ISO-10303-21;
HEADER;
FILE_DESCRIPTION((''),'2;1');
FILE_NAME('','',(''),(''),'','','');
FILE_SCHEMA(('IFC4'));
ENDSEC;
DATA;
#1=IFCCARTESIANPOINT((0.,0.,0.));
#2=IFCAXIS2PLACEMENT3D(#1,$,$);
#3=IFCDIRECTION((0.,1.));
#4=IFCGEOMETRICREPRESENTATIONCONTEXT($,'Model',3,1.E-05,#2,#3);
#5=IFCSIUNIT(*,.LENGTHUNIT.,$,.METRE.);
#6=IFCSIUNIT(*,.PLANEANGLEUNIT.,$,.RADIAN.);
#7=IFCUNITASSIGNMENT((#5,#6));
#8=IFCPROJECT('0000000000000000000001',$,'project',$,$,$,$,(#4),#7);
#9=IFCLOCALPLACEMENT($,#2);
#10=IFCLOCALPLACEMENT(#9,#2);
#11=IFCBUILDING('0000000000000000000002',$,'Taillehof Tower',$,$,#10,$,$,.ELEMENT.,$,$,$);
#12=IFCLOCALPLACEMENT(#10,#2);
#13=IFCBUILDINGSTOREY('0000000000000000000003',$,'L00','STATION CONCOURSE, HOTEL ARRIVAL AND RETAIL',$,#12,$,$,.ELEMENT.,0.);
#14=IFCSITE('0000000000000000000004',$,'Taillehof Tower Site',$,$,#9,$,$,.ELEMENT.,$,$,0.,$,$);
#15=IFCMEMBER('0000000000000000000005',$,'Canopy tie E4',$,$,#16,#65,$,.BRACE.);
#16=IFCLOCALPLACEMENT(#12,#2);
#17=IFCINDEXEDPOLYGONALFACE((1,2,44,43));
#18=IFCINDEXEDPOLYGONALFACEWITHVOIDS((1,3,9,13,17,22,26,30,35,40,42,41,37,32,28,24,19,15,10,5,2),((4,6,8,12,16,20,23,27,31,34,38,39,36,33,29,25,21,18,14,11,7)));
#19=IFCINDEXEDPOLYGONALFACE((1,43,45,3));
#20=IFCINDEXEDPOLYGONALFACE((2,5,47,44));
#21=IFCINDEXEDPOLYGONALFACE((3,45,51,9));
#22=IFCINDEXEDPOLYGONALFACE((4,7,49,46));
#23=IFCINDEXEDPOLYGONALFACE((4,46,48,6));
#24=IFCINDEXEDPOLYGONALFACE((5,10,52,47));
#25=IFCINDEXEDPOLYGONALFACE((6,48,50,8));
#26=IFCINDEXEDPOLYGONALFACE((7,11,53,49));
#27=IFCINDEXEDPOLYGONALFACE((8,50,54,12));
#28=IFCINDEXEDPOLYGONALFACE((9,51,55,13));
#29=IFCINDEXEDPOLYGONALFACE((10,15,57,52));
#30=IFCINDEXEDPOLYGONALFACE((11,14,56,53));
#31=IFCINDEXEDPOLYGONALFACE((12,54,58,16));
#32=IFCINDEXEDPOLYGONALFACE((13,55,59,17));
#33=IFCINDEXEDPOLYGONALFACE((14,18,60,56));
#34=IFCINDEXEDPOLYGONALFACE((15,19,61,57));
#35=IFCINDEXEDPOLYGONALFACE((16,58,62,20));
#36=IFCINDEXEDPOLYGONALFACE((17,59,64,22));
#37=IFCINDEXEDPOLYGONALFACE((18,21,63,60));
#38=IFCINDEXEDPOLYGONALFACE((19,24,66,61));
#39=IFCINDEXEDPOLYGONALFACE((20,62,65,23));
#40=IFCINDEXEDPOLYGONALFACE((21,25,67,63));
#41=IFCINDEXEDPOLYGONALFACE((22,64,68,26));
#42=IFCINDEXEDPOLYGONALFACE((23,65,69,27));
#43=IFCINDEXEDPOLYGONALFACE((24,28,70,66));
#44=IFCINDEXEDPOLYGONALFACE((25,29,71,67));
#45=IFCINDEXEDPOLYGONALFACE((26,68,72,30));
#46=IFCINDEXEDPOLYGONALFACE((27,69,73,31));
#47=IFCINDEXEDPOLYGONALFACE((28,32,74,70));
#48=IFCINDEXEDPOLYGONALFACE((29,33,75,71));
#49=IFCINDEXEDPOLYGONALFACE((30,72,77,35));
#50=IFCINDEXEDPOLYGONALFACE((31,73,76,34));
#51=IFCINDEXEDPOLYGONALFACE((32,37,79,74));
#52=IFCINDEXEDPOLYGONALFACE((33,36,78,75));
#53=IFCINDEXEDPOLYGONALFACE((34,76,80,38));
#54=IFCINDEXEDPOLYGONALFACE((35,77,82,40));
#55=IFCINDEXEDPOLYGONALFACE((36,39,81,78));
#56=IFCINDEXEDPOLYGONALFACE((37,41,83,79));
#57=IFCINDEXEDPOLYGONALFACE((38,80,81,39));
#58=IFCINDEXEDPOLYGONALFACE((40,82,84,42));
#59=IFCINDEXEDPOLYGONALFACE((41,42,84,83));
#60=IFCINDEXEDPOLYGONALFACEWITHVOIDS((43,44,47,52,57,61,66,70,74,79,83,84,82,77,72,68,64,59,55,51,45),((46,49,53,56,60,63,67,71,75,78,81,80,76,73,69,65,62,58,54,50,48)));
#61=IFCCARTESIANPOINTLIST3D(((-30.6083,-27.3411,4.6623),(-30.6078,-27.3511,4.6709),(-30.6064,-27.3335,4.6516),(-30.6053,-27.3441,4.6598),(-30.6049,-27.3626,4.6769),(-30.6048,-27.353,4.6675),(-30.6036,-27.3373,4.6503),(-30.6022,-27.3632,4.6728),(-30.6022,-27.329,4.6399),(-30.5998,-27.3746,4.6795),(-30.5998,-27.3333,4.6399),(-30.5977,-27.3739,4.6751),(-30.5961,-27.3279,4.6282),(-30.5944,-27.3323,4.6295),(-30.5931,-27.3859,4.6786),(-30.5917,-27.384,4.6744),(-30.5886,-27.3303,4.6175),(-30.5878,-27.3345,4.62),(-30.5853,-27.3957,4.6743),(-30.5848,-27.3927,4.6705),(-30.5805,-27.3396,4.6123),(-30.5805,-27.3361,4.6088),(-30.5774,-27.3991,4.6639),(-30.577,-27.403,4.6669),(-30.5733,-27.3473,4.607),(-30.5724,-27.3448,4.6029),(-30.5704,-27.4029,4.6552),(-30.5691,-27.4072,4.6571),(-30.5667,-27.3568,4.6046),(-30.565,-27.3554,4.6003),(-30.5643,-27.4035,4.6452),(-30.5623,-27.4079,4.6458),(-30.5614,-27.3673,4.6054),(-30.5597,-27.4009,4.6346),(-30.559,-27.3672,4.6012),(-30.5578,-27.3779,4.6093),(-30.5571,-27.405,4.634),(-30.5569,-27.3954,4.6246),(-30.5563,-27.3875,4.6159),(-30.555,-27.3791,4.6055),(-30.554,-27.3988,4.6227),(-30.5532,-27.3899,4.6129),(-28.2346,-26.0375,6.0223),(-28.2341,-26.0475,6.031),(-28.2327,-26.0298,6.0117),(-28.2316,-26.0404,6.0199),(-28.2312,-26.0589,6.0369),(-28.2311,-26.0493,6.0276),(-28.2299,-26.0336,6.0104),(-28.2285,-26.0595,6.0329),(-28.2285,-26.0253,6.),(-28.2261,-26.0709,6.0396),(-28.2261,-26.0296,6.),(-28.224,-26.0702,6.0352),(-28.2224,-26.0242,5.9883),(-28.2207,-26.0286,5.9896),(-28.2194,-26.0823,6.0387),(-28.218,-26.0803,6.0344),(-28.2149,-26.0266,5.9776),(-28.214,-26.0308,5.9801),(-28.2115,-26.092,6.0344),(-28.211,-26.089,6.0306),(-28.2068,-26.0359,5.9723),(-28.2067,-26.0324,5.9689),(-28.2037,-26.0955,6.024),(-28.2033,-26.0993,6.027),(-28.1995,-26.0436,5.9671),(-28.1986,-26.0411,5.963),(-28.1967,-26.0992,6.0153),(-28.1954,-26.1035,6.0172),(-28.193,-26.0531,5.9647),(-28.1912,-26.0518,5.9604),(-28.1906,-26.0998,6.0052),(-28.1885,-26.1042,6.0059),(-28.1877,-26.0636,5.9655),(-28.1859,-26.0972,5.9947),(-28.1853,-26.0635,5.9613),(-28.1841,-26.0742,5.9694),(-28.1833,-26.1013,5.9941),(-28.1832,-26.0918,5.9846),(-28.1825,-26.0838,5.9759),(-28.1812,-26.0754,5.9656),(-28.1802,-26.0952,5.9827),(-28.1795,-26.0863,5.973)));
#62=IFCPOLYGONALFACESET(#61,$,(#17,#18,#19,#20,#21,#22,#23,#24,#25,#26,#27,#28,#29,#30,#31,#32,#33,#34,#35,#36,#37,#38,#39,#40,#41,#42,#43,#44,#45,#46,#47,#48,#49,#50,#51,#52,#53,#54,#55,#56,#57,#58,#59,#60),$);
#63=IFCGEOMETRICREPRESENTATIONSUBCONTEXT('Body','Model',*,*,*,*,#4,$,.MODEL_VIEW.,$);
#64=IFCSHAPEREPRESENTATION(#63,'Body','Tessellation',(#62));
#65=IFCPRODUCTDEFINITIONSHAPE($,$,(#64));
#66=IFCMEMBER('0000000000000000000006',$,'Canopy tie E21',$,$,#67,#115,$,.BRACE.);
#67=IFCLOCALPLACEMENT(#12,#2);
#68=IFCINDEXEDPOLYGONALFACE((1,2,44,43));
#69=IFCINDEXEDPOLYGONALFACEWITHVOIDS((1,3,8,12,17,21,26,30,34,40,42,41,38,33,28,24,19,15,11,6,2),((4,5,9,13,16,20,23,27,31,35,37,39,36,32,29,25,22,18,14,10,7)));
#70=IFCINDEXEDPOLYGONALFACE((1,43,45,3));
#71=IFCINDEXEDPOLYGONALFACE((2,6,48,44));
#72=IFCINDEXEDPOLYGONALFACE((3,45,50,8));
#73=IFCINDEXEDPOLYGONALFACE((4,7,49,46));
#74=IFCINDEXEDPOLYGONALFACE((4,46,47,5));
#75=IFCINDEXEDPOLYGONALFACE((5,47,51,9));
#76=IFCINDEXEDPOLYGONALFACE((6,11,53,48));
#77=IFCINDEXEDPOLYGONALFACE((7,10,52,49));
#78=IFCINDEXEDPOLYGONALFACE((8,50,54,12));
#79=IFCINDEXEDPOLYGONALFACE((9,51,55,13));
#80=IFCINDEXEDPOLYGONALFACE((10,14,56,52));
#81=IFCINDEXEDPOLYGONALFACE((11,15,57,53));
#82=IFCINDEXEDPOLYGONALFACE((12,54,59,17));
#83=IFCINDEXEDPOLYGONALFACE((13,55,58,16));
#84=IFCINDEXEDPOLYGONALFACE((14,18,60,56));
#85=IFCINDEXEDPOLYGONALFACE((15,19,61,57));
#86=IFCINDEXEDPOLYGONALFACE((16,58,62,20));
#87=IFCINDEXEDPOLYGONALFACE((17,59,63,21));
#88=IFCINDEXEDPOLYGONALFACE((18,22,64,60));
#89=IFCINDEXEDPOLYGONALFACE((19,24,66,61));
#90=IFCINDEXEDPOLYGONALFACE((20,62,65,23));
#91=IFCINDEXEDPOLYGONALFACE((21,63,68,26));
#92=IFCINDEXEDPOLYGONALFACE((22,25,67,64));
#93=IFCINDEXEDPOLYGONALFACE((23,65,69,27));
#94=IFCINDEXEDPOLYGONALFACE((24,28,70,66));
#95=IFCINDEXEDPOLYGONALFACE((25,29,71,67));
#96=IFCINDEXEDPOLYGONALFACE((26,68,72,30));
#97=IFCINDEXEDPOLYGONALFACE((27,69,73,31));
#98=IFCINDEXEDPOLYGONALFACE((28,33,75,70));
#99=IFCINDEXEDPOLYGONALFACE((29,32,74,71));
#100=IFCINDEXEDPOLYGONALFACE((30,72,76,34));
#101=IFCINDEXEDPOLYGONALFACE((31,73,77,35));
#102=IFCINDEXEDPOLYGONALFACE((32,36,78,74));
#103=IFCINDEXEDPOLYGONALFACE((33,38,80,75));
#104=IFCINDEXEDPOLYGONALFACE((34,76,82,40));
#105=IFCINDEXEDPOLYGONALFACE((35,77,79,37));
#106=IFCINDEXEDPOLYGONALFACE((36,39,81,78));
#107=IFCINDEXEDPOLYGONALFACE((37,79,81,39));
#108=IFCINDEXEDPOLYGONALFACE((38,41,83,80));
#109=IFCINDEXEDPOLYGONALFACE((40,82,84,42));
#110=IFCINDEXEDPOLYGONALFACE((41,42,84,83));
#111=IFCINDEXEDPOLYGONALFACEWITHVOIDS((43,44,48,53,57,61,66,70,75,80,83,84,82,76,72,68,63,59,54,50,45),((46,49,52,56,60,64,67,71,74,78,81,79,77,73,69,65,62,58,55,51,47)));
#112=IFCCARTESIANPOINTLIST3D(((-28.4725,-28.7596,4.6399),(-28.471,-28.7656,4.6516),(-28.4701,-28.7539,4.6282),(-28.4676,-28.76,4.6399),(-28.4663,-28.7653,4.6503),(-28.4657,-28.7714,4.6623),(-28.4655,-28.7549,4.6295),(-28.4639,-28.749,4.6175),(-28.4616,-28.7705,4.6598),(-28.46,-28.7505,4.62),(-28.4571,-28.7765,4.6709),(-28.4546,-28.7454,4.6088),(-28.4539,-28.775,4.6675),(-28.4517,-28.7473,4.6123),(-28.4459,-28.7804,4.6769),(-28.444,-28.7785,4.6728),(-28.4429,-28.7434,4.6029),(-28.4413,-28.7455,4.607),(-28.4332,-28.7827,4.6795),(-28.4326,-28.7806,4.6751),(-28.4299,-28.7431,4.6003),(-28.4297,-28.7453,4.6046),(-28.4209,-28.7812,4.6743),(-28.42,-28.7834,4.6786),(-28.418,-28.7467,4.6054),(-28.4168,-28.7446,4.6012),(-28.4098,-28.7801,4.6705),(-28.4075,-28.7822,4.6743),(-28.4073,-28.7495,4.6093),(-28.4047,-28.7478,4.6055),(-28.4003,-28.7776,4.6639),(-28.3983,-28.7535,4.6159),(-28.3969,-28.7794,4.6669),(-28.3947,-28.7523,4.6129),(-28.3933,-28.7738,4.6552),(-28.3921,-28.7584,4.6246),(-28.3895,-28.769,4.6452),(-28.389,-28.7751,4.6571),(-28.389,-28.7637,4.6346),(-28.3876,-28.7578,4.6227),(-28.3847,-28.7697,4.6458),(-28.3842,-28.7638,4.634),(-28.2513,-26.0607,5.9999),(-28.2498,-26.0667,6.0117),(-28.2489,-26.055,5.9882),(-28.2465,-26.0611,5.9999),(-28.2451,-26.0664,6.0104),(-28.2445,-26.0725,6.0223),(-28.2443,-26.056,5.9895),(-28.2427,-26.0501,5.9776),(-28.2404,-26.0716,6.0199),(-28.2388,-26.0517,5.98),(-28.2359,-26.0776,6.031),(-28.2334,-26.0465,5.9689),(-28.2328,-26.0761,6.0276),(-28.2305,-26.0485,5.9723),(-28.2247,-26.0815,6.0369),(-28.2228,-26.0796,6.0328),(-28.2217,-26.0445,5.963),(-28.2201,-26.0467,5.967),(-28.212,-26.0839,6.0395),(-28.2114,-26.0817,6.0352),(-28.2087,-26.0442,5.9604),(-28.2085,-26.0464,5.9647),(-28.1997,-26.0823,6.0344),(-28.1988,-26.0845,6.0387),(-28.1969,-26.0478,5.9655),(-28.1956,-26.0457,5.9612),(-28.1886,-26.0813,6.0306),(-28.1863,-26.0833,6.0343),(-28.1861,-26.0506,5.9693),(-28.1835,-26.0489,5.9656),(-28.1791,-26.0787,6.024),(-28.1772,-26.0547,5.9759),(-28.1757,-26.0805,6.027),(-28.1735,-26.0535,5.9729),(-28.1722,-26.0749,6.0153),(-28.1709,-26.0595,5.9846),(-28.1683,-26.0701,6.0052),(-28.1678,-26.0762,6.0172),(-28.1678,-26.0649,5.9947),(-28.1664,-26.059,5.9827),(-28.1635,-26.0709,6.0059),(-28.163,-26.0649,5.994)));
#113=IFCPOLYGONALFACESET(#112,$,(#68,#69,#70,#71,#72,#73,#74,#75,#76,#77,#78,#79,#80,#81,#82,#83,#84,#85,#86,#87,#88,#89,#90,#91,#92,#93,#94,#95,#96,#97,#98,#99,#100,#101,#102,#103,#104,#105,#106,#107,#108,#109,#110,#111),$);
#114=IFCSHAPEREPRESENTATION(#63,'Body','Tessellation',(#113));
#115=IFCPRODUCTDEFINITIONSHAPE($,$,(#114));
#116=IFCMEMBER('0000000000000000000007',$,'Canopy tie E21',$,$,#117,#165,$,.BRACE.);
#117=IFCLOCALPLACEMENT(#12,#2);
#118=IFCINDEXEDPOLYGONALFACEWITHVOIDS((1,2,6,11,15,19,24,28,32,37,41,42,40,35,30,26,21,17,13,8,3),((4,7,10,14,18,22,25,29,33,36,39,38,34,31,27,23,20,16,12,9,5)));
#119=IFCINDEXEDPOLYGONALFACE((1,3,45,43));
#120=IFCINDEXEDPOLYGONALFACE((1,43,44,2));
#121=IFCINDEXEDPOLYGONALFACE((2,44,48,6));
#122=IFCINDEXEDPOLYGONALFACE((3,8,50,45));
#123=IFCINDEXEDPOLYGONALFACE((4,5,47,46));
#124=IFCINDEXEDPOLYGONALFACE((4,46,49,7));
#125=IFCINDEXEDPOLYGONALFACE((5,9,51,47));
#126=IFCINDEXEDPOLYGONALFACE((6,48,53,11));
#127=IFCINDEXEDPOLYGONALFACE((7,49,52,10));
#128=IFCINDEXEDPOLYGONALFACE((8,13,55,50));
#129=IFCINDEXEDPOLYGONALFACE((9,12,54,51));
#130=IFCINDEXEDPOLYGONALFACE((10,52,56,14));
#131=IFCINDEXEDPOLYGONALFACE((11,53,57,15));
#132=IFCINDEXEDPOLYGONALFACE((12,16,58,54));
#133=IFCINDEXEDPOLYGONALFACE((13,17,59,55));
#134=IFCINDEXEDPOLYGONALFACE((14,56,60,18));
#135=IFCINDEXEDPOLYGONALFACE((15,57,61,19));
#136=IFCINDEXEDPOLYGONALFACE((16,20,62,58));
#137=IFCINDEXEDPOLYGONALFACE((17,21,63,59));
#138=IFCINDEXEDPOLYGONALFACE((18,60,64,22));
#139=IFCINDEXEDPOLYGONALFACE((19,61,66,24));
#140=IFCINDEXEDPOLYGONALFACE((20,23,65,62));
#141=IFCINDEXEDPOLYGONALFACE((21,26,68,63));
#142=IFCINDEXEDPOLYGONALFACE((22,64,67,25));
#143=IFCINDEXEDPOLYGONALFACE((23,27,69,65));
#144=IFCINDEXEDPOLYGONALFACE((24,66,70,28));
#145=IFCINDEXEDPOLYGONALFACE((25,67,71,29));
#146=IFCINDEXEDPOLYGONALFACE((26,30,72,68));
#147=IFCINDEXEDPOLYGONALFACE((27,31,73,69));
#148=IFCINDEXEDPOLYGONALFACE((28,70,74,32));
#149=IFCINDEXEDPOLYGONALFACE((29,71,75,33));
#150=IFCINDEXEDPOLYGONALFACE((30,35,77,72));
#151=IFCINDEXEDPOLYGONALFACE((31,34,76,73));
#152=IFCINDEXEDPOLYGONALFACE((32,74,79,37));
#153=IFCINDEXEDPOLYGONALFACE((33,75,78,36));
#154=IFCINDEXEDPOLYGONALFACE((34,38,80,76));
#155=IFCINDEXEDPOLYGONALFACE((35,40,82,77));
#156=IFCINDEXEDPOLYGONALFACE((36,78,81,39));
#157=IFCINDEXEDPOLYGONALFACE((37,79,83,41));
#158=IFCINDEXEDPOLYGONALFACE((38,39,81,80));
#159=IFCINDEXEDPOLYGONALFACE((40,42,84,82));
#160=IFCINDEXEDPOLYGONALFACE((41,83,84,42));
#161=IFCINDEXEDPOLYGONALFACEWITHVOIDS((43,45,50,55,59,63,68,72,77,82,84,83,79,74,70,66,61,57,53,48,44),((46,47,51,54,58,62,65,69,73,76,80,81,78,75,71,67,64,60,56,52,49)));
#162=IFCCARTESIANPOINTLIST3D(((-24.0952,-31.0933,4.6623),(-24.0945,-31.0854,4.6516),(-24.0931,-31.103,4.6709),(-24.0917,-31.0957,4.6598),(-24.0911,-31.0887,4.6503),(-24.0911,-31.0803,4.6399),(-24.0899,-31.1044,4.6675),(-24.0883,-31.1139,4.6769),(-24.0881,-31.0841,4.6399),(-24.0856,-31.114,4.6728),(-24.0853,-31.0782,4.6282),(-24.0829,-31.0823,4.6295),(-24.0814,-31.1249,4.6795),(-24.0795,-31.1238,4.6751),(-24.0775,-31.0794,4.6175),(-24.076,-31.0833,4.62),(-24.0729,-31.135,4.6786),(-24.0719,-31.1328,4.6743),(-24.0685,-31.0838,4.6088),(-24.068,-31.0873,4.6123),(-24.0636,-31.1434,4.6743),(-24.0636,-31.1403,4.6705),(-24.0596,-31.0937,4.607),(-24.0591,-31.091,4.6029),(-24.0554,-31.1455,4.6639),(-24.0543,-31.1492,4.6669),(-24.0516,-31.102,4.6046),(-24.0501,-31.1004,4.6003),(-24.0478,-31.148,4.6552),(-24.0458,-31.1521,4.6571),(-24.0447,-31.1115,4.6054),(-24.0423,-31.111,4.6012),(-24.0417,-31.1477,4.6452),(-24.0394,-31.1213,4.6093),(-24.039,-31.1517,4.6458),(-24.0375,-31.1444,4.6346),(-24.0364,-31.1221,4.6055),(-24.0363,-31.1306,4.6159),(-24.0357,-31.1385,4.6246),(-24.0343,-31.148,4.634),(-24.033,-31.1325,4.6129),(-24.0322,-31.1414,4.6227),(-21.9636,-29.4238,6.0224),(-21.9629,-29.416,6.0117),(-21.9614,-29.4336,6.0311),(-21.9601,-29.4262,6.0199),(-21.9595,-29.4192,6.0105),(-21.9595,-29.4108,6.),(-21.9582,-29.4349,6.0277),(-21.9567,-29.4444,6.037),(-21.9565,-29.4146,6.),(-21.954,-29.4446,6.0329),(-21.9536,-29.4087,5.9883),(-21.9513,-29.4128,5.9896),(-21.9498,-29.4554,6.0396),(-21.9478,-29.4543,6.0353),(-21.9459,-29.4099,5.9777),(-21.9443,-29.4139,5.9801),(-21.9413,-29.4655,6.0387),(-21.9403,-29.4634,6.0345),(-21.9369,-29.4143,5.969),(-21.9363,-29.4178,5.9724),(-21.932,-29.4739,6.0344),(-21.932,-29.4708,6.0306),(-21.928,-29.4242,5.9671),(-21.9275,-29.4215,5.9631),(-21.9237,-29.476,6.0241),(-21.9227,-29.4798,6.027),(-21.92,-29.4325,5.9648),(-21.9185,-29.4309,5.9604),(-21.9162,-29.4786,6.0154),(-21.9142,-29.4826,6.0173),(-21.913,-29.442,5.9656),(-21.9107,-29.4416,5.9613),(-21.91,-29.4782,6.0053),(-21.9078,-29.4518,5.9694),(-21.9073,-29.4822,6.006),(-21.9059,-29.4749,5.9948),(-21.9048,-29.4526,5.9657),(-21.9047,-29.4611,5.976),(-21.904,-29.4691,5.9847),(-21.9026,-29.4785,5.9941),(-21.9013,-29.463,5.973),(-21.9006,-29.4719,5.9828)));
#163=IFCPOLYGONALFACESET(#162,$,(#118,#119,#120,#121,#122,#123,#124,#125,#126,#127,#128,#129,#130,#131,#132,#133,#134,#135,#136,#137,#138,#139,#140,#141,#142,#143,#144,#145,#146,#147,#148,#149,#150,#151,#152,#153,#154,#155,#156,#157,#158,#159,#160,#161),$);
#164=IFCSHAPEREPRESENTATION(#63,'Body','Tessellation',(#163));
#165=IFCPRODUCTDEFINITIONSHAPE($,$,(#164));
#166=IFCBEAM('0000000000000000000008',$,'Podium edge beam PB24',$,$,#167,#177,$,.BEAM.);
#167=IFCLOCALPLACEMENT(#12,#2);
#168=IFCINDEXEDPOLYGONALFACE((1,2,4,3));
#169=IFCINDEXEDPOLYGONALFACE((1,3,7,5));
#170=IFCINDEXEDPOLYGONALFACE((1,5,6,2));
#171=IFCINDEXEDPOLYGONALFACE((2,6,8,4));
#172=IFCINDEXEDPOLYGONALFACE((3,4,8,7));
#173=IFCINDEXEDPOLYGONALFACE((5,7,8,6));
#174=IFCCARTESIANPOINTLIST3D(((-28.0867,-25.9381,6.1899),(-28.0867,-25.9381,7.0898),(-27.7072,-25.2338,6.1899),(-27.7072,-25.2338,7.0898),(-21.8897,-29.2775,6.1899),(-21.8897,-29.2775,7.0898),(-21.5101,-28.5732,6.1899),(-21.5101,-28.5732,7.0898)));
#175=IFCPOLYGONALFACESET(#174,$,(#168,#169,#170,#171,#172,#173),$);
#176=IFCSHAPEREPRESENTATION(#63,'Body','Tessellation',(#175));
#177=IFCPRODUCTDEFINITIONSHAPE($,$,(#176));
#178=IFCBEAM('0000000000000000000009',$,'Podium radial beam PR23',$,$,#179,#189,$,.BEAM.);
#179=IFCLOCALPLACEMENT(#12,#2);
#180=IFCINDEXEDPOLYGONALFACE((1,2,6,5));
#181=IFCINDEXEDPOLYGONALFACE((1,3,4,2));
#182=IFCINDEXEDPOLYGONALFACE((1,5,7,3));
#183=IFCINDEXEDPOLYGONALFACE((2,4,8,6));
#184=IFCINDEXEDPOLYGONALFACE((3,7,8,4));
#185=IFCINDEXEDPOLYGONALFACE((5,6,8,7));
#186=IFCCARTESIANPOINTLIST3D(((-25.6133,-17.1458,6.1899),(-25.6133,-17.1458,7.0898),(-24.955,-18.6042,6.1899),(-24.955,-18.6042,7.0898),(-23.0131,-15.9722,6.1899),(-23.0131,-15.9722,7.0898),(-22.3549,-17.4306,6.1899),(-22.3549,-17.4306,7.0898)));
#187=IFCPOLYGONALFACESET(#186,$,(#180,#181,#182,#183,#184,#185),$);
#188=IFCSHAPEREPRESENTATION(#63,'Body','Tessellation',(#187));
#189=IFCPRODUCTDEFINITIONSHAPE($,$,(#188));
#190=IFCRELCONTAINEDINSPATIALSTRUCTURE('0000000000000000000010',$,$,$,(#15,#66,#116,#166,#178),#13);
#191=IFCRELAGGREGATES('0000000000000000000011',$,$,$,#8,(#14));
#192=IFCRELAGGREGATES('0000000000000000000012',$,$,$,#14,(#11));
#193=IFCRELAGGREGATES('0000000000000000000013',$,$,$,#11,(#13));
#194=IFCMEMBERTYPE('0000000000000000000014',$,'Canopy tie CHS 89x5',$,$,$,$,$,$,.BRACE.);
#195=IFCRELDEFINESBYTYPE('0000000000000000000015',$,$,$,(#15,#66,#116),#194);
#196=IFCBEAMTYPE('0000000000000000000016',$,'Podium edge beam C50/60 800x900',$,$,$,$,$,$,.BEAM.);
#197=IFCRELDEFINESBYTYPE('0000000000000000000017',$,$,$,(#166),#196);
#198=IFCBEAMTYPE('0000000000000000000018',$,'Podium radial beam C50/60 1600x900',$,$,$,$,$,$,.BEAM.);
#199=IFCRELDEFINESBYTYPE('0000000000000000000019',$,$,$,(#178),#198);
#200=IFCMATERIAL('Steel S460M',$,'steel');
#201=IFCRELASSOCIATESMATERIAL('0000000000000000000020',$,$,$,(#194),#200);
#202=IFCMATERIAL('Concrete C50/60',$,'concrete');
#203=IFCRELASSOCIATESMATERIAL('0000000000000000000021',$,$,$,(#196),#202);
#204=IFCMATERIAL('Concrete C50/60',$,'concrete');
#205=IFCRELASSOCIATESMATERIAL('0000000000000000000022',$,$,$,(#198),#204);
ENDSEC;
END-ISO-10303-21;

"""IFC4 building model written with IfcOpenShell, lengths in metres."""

from ifc_helpers import new_model, si_unit, direction, frame, origin, origin_2d, place, context, subcontext, project, spatial, rectangle, hollow_circle, extrude, material, material_profile, profile_set, type_object, element, save


model = new_model("IFC4")

# Units and contexts
model_context = context("Model", 3, precision=1e-05, world=origin(), true_north=direction((0.0, 1.0)))
body_context = subcontext(model_context, "Body", "Model", "MODEL_VIEW")
ifc_project = project(units=[si_unit("LENGTHUNIT", "METRE"), si_unit("PLANEANGLEUNIT", "RADIAN")], contexts=[model_context])

# Site, building, storey
site_placement = place(None, origin())
site = spatial("IfcSite", under=ifc_project, at=site_placement, Name="Taillehof Tower Site", CompositionType="ELEMENT", RefElevation=0.0)
building_placement = place(site_placement, origin())
building = spatial("IfcBuilding", under=site, at=building_placement, Name="Taillehof Tower", CompositionType="ELEMENT")
storey_placement = place(building_placement, origin())
storey = spatial("IfcBuildingStorey", under=building, at=storey_placement, Name="L00", Description="STATION CONCOURSE, HOTEL ARRIVAL AND RETAIL", CompositionType="ELEMENT", Elevation=0.0)

# Members
ifc_material_1 = material(Name="Steel S460M", Category="steel")
ifc_material_profile_1 = material_profile(ifc_material_1, hollow_circle(Radius=0.0444, WallThickness=0.0049, at=origin_2d()), Name="CHS 89x5")
ifc_profile_set_1 = profile_set([ifc_material_profile_1], Name="Steel S460M")
member_type = type_object("IfcMemberType", Name="Canopy tie CHS 89x5", PredefinedType="BRACE", material=ifc_profile_set_1)
member_1_placement = place(storey_placement, frame((-30.5808, -27.3679, 4.6399), z_axis=(0.783277, 0.430186, 0.448795), x_axis=(-0.481389, 0.876507, 0.0)))
element("IfcMember", 1, at=member_1_placement, inside=storey, type_object=member_type, Name="Canopy tie E4", PredefinedType="BRACE", context=body_context, shape_type="SweptSolid", body=[
    extrude(hollow_circle(Radius=0.0444, WallThickness=0.0049, at=origin_2d()), origin(), (0.0, 0.0, 1.0), 3.0305),
])
member_2_placement = place(storey_placement, frame((-28.4282, -28.7632, 4.6399), z_axis=(0.072991, 0.890635, 0.448822), x_axis=(-0.996659, 0.08168, 0.0)))
element("IfcMember", 2, at=member_2_placement, inside=storey, type_object=member_type, Name="Canopy tie E21", PredefinedType="BRACE", context=body_context, shape_type="SweptSolid", body=[
    extrude(hollow_circle(Radius=0.0444, WallThickness=0.0049, at=origin_2d()), origin(), (0.0, 0.0, 1.0), 3.0303),
])
member_3_placement = place(storey_placement, frame((-24.0637, -31.1152, 4.6399), z_axis=(0.703508, 0.550978, 0.448888), x_axis=(-0.61659, 0.787284, 0.0)))
element("IfcMember", 3, at=member_3_placement, inside=storey, type_object=member_type, Name="Canopy tie E21", PredefinedType="BRACE", context=body_context, shape_type="SweptSolid", body=[
    extrude(hollow_circle(Radius=0.0444, WallThickness=0.0049, at=origin_2d()), origin(), (0.0, 0.0, 1.0), 3.03),
])

# Beams
ifc_material_2 = material(Name="Concrete C50/60", Category="concrete")
ifc_material_profile_2 = material_profile(ifc_material_2, rectangle(XDim=0.8, YDim=0.8999, at=origin_2d()), Name="RC 800x900")
ifc_profile_set_2 = profile_set([ifc_material_profile_2], Name="Concrete C50/60")
beam_type_1 = type_object("IfcBeamType", Name="Podium edge beam C50/60 800x900", PredefinedType="BEAM", material=ifc_profile_set_2)
beam_1_placement = place(storey_placement, frame((-27.897, -25.5859, 6.6399), z_axis=(0.880323, -0.474375, 0.0), x_axis=(0.474375, 0.880323, 0.0)))
element("IfcBeam", 4, at=beam_1_placement, inside=storey, type_object=beam_type_1, Name="Podium edge beam PB24", PredefinedType="BEAM", context=body_context, shape_type="SweptSolid", body=[
    extrude(rectangle(XDim=0.8, YDim=0.8999, at=origin_2d()), origin(), (0.0, 0.0, 1.0), 7.0396),
])
ifc_material_3 = material(Name="Concrete C50/60", Category="concrete")
ifc_material_profile_3 = material_profile(ifc_material_3, rectangle(XDim=1.6001, YDim=0.8999, at=origin_2d()), Name="RC 1600x900")
ifc_profile_set_3 = profile_set([ifc_material_profile_3], Name="Concrete C50/60")
beam_type_2 = type_object("IfcBeamType", Name="Podium radial beam C50/60 1600x900", PredefinedType="BEAM", material=ifc_profile_set_3)
beam_2_placement = place(storey_placement, frame((-25.2842, -17.875, 6.6399), z_axis=(0.911457, 0.411396, 0.0), x_axis=(-0.411396, 0.911457, 0.0)))
element("IfcBeam", 5, at=beam_2_placement, inside=storey, type_object=beam_type_2, Name="Podium radial beam PR23", PredefinedType="BEAM", context=body_context, shape_type="SweptSolid", body=[
    extrude(rectangle(XDim=1.6001, YDim=0.8999, at=origin_2d()), origin(), (0.0, 0.0, 1.0), 2.8528),
])

save(model, "model.ifc")
